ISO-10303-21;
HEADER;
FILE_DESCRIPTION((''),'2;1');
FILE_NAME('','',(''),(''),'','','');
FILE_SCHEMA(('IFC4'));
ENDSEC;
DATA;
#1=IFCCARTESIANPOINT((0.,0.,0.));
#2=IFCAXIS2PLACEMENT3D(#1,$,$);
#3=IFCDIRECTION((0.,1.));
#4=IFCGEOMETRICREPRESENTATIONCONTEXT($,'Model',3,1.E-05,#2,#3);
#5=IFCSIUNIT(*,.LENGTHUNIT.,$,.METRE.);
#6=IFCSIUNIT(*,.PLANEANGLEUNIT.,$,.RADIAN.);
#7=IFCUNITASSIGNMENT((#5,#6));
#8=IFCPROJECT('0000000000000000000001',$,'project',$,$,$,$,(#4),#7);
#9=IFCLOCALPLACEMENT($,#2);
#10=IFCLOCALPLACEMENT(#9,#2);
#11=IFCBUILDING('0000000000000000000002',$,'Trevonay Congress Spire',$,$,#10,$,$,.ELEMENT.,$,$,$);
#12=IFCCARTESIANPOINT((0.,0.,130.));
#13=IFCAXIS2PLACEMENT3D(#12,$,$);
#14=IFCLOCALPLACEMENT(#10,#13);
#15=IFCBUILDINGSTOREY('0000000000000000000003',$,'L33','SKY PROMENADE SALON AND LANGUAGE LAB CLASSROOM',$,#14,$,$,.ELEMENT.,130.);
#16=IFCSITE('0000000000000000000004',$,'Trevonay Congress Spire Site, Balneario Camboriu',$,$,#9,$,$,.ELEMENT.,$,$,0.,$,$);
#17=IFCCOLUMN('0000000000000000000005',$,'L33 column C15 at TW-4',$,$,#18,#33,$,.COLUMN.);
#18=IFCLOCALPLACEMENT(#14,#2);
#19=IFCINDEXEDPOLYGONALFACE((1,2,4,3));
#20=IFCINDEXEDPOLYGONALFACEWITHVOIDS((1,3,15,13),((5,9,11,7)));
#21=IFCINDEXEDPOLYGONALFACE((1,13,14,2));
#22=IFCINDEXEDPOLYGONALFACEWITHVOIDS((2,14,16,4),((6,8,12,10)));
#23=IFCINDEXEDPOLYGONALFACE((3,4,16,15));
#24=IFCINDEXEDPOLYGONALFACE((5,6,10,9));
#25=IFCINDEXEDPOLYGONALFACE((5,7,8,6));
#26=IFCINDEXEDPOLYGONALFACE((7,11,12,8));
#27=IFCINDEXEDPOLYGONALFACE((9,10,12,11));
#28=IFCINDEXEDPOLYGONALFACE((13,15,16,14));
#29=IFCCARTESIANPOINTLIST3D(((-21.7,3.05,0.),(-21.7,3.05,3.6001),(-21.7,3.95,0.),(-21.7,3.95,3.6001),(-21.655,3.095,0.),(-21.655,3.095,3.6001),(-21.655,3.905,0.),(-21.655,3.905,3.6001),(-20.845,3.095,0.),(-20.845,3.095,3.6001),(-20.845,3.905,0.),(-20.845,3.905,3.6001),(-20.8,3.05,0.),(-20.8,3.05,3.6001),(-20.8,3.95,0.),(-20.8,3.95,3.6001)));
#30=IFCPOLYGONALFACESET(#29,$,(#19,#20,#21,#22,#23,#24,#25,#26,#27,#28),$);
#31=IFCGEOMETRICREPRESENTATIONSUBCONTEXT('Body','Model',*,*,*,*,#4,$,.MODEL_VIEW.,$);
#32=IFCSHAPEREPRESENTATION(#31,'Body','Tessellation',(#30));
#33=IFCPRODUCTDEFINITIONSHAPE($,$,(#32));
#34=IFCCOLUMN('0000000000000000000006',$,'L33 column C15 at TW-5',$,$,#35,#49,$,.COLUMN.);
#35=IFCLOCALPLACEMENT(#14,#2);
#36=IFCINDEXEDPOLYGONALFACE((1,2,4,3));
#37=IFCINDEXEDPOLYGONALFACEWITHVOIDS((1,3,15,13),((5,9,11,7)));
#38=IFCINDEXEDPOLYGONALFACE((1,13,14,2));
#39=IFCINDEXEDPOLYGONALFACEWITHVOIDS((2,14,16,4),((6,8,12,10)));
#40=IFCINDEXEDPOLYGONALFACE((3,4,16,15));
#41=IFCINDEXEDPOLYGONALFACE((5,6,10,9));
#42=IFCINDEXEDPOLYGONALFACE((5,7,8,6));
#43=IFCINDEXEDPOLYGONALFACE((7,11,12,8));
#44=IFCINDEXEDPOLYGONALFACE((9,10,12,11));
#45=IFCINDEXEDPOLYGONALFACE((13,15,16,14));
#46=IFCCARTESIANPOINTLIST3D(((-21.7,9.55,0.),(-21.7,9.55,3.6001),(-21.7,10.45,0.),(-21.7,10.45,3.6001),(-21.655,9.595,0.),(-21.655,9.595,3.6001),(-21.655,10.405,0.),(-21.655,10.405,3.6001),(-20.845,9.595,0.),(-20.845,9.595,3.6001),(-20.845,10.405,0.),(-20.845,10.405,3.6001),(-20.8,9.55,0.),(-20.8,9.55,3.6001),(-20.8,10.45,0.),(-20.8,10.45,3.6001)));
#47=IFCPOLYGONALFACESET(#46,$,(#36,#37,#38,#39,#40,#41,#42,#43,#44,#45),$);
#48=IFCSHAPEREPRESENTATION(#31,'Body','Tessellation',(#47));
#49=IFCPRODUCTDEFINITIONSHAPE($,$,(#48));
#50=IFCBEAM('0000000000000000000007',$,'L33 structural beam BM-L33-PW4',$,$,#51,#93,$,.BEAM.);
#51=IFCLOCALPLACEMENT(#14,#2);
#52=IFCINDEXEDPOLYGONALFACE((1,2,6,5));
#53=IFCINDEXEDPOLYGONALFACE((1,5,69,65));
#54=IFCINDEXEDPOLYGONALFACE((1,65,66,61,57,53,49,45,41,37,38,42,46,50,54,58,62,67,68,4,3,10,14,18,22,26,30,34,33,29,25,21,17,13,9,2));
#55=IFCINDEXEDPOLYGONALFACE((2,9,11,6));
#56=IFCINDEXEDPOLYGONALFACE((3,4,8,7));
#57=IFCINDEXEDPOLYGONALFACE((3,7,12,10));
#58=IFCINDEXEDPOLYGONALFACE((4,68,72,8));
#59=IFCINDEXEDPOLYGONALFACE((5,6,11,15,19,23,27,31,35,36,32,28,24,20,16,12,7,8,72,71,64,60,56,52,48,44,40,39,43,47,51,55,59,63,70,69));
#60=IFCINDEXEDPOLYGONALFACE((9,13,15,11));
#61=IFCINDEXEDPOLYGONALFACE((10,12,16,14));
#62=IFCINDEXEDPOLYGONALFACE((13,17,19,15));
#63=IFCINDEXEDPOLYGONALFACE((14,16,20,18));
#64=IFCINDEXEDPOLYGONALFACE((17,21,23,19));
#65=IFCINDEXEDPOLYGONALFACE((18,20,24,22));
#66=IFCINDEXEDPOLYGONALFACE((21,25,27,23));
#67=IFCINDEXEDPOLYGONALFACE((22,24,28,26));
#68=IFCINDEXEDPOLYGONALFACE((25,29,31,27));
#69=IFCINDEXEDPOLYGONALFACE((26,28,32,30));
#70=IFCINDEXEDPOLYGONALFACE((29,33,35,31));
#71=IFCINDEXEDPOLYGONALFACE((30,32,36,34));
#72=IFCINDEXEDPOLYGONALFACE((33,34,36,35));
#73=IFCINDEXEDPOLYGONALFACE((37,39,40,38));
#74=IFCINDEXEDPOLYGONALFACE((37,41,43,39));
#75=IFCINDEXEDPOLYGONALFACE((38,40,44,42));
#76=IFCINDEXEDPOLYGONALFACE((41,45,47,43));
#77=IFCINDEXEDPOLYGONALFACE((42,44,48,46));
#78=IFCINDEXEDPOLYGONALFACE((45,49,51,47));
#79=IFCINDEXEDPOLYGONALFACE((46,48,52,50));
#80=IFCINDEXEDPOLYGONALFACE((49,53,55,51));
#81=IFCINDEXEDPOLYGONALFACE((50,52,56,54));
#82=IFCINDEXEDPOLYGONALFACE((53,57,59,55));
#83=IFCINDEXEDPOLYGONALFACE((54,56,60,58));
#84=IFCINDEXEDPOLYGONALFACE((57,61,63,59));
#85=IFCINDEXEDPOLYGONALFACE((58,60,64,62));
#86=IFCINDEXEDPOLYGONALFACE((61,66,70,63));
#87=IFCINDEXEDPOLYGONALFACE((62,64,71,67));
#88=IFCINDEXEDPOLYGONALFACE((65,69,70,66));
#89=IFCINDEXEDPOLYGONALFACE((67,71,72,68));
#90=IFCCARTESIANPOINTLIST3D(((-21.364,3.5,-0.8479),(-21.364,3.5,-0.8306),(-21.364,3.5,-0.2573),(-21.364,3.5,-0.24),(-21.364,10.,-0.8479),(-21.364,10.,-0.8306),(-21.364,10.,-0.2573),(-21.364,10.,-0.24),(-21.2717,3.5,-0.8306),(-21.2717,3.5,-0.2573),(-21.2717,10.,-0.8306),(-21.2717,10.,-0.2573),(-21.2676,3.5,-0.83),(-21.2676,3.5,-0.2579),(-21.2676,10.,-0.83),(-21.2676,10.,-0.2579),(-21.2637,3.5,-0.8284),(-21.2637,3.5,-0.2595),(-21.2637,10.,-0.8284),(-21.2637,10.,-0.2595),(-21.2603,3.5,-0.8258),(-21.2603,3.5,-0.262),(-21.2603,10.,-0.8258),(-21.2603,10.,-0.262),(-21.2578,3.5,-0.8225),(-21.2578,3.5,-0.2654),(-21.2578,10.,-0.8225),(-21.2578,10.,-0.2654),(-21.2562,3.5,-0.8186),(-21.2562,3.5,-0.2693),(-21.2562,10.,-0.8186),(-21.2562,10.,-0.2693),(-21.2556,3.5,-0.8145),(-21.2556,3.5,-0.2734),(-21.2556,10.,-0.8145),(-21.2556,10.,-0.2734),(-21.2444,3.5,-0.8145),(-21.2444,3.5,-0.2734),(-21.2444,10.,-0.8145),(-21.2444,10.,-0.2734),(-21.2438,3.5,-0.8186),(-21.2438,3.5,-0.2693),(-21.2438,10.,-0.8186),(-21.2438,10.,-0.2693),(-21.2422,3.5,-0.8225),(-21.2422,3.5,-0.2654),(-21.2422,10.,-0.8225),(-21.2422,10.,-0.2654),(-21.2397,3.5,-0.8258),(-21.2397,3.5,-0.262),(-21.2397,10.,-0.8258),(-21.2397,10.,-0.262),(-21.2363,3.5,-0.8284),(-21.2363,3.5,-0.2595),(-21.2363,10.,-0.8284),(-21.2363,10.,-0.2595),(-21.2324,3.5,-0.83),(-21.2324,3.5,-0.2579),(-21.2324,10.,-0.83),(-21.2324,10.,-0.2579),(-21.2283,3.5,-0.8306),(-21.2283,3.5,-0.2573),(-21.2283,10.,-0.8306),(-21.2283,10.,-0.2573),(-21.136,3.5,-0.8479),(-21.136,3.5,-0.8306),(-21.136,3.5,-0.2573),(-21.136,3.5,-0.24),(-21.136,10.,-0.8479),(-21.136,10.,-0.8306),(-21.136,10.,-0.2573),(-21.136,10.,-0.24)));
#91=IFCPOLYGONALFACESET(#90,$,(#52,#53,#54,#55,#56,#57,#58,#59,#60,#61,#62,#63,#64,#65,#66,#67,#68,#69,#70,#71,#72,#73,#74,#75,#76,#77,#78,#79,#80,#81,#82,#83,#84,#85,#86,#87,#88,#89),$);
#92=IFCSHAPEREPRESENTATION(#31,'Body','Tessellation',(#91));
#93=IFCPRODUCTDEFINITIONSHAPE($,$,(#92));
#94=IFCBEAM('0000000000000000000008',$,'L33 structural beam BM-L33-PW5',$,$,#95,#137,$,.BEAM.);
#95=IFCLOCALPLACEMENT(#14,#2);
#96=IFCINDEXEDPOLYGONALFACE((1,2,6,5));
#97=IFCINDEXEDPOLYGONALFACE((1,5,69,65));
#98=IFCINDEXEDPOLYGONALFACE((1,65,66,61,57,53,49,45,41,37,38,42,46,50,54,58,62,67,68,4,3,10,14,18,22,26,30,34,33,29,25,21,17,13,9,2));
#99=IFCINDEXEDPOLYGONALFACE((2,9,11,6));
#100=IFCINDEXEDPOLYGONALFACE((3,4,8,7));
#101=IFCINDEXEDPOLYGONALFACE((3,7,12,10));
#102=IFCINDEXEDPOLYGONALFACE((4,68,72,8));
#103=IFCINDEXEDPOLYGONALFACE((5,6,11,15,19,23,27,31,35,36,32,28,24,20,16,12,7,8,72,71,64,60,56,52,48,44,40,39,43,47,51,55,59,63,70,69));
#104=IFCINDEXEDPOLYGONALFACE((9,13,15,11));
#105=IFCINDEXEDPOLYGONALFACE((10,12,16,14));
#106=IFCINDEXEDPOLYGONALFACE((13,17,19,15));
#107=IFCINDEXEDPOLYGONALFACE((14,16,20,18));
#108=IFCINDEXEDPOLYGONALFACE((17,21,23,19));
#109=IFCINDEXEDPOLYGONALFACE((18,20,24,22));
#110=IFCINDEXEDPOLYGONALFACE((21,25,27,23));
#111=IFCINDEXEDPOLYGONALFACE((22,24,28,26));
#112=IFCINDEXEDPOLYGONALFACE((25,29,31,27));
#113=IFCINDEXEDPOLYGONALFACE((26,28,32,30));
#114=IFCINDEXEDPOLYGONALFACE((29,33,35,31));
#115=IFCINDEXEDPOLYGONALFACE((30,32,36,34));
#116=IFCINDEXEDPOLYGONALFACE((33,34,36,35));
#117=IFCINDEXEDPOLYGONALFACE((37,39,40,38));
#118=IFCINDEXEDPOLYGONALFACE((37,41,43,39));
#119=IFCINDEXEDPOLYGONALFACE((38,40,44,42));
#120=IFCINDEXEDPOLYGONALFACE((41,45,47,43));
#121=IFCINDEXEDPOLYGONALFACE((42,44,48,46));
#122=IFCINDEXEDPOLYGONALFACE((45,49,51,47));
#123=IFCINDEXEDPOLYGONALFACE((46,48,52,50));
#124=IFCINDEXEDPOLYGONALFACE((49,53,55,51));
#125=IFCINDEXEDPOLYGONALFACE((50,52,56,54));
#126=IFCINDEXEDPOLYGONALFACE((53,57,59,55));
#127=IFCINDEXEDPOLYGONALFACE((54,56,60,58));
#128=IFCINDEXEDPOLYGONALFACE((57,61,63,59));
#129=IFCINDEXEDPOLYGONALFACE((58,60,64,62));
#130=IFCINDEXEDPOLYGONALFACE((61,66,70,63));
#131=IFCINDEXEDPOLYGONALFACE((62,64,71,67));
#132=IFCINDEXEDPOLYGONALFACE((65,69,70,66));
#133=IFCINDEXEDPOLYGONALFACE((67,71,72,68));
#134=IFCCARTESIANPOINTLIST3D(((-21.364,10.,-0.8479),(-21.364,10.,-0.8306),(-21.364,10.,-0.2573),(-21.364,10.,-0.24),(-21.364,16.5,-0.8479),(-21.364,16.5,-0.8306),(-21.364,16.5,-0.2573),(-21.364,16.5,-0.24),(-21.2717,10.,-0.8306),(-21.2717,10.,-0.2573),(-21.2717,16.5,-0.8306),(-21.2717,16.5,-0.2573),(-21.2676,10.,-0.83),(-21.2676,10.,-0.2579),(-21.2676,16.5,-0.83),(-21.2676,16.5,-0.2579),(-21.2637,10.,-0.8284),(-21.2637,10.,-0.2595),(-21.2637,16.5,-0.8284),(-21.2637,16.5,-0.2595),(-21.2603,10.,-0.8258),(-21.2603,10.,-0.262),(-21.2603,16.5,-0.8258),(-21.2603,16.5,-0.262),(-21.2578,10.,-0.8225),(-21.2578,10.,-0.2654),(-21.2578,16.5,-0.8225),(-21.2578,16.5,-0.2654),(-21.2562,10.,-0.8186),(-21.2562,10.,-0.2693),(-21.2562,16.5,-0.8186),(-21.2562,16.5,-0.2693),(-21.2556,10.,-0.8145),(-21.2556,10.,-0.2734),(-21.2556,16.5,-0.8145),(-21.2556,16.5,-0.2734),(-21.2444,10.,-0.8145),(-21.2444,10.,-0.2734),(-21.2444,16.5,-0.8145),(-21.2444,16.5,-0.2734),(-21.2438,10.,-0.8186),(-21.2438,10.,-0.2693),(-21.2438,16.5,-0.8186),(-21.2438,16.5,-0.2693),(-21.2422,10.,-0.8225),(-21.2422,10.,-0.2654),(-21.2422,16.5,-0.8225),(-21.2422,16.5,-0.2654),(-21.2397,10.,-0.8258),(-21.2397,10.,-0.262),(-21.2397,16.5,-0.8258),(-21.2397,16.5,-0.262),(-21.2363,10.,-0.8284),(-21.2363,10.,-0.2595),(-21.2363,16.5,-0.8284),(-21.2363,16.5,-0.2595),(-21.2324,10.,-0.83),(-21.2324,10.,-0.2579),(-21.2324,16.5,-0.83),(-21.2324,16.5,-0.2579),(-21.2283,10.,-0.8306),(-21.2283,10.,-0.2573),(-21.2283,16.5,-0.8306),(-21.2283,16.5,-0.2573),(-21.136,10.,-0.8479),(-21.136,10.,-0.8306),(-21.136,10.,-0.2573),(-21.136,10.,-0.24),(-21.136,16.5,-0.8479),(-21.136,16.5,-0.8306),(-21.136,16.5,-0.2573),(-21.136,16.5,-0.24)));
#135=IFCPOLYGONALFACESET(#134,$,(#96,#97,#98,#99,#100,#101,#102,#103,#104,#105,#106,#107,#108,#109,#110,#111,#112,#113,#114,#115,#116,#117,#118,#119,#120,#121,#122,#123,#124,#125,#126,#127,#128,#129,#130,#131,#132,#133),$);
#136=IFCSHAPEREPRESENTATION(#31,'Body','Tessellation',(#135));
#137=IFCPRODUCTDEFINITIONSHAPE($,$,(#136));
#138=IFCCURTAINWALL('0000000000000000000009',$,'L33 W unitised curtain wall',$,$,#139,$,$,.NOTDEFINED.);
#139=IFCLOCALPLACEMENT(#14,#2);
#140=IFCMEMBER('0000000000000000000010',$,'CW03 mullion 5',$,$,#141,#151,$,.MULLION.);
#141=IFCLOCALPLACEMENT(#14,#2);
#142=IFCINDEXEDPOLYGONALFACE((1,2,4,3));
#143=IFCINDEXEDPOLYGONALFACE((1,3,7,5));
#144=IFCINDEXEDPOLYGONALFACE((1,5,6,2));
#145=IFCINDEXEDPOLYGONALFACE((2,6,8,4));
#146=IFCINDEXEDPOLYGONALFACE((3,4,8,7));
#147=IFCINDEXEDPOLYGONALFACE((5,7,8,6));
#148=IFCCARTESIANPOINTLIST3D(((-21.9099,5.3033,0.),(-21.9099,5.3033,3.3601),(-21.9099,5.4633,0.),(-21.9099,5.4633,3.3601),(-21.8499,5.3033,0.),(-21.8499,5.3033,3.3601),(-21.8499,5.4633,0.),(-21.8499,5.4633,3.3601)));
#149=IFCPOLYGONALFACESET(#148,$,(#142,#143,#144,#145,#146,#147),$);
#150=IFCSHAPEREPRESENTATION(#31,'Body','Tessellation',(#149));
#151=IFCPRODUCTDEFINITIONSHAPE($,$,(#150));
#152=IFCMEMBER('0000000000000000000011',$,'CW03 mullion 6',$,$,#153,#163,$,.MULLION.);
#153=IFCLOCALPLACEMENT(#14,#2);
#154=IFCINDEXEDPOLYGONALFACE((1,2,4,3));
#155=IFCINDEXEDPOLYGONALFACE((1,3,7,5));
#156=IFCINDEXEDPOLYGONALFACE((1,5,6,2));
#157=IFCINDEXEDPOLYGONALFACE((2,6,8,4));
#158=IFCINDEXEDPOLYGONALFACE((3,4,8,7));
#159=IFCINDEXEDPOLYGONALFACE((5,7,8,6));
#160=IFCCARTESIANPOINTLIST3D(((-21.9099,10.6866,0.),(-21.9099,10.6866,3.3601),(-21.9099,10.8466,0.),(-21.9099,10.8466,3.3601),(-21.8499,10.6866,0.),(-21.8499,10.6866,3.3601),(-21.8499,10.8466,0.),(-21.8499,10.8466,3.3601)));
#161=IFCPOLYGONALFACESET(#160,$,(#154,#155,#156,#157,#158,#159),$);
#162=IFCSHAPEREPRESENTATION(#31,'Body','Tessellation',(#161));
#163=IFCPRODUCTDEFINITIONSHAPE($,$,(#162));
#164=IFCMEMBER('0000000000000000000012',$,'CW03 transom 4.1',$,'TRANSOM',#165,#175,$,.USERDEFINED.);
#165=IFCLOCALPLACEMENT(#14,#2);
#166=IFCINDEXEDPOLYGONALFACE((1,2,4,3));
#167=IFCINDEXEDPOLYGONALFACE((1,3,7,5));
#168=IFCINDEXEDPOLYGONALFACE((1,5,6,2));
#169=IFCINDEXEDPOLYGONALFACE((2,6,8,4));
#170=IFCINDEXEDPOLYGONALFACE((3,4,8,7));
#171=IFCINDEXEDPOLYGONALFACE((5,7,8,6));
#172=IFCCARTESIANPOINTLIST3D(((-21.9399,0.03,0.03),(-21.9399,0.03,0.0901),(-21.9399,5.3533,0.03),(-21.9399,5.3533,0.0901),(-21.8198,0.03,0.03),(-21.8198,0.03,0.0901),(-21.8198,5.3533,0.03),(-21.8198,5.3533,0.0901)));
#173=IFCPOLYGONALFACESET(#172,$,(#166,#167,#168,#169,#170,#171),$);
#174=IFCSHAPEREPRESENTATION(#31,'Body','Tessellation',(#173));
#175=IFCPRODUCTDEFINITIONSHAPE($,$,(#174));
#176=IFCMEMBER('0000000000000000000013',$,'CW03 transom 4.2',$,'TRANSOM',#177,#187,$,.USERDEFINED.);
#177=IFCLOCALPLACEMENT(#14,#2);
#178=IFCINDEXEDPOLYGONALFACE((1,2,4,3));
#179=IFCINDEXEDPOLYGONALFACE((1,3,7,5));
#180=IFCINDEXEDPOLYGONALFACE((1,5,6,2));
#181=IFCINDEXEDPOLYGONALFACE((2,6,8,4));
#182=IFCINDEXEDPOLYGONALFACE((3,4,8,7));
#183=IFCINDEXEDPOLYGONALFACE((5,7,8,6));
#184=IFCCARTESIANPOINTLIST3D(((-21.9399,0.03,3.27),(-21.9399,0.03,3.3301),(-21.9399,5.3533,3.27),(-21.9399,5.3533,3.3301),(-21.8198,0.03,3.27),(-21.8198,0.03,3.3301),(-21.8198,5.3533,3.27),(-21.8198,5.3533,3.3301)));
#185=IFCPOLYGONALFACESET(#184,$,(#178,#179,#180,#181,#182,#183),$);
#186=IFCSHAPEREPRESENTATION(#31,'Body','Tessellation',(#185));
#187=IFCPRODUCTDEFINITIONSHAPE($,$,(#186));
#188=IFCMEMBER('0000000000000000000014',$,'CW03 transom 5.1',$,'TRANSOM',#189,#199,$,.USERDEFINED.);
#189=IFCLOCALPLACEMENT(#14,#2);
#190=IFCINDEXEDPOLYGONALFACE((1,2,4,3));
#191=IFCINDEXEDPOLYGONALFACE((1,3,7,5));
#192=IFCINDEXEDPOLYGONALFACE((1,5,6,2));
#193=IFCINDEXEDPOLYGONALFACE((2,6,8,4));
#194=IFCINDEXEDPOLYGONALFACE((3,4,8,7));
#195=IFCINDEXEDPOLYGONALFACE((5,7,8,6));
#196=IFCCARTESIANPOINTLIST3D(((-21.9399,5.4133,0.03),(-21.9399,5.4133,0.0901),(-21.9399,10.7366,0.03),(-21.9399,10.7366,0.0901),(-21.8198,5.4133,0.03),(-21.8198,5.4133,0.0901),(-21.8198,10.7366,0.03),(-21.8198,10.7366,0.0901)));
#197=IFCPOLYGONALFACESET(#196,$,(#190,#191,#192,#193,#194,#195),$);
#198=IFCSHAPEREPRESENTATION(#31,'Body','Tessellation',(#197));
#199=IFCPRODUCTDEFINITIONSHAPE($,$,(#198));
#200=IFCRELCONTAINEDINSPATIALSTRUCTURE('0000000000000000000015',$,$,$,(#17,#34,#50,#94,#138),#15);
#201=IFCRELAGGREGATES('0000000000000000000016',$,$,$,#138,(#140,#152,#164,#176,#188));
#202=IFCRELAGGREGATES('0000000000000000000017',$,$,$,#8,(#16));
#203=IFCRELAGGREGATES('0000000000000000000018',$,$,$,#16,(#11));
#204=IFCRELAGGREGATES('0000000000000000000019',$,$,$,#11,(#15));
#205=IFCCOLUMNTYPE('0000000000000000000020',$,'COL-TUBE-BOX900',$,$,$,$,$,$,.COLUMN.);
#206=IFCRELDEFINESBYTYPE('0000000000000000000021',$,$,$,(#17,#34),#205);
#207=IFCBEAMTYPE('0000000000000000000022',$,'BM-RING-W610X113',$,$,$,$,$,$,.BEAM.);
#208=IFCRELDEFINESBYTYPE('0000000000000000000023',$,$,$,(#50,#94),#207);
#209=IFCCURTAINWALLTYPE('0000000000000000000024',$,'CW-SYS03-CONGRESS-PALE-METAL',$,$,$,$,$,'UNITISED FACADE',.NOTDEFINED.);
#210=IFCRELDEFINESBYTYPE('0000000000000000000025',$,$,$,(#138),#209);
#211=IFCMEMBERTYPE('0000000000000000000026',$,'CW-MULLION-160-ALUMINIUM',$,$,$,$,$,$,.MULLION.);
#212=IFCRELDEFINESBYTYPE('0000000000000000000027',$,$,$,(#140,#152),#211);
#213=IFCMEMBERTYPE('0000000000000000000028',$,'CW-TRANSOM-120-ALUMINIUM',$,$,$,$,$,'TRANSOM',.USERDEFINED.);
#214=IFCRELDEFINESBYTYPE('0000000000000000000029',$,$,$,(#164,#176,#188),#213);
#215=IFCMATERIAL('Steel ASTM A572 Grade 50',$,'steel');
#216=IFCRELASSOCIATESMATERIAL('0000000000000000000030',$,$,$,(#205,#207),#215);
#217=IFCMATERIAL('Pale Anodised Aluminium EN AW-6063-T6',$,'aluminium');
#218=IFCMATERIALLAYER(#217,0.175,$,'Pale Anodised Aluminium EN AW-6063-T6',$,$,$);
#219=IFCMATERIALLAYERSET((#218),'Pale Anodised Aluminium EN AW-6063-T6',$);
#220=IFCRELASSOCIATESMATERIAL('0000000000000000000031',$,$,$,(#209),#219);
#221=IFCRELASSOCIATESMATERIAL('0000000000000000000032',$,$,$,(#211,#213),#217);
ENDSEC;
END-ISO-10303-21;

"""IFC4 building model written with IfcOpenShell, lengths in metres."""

from ifc_helpers import new_model, si_unit, direction, frame, origin, origin_2d, place, context, subcontext, project, spatial, rectangle, hollow_rectangle, i_section, extrude, material, layer, layer_set, material_profile, profile_set, type_object, element, aggregate, save


model = new_model("IFC4")

# Units and contexts
model_context = context("Model", 3, precision=1e-05, world=origin(), true_north=direction((0.0, 1.0)))
body_context = subcontext(model_context, "Body", "Model", "MODEL_VIEW")
ifc_project = project(units=[si_unit("LENGTHUNIT", "METRE"), si_unit("PLANEANGLEUNIT", "RADIAN")], contexts=[model_context])

# Site, building, storey
site_placement = place(None, origin())
site = spatial("IfcSite", under=ifc_project, at=site_placement, Name="Trevonay Congress Spire Site, Balneario Camboriu", CompositionType="ELEMENT", RefElevation=0.0)
building_placement = place(site_placement, origin())
building = spatial("IfcBuilding", under=site, at=building_placement, Name="Trevonay Congress Spire", CompositionType="ELEMENT")
storey_placement = place(building_placement, frame((0.0, 0.0, 130.0)))
storey = spatial("IfcBuildingStorey", under=building, at=storey_placement, Name="L33", Description="SKY PROMENADE SALON AND LANGUAGE LAB CLASSROOM", CompositionType="ELEMENT", Elevation=130.0)

# Columns
ifc_material_1 = material(Name="Steel ASTM A572 Grade 50", Category="steel")
ifc_material_profile_1 = material_profile(ifc_material_1, hollow_rectangle(XDim=0.8999, YDim=0.8999, WallThickness=0.0449, at=origin_2d()), Name="BOX 900x900x45")
ifc_profile_set_1 = profile_set([ifc_material_profile_1], Name="Steel ASTM A572 Grade 50")
column_type = type_object("IfcColumnType", Name="COL-TUBE-BOX900", PredefinedType="COLUMN", material=ifc_profile_set_1)
for number, where, z_axis, x_axis, name in (
    (1, (-21.25, 3.5, 0.0), (0.0, 0.0, 1.0), (1.0, 0.0, 0.0), "L33 column C15 at TW-4"),
    (2, (-21.25, 10.0, 0.0), (0.0, 0.0, 1.0), (1.0, 0.0, 0.0), "L33 column C15 at TW-5"),
):
    element("IfcColumn", number, at=place(storey_placement, frame(where, z_axis=z_axis, x_axis=x_axis)), inside=storey, type_object=column_type, Name=name, PredefinedType="COLUMN", context=body_context, shape_type="SweptSolid", body=[
        extrude(hollow_rectangle(XDim=0.8999, YDim=0.8999, WallThickness=0.0449, at=origin_2d()), origin(), (0.0, 0.0, 1.0), 3.6001),
    ])

# Beams
ifc_material_profile_2 = material_profile(ifc_material_1, i_section(OverallWidth=0.228, OverallDepth=0.6079, WebThickness=0.0112, FlangeThickness=0.0173, FilletRadius=0.0161, at=origin_2d()), Name="W610x113")
ifc_profile_set_2 = profile_set([ifc_material_profile_2], Name="Steel ASTM A572 Grade 50")
beam_type = type_object("IfcBeamType", Name="BM-RING-W610X113", PredefinedType="BEAM", material=ifc_profile_set_2)
for number, where, z_axis, x_axis, name in (
    (3, (-21.25, 3.5, -0.5439), (0.0, 1.0, 0.0), (-1.0, 0.0, 0.0), "L33 structural beam BM-L33-PW4"),
    (4, (-21.25, 10.0, -0.5439), (0.0, 1.0, 0.0), (-1.0, 0.0, 0.0), "L33 structural beam BM-L33-PW5"),
):
    element("IfcBeam", number, at=place(storey_placement, frame(where, z_axis=z_axis, x_axis=x_axis)), inside=storey, type_object=beam_type, Name=name, PredefinedType="BEAM", context=body_context, shape_type="SweptSolid", body=[
        extrude(i_section(OverallWidth=0.228, OverallDepth=0.6079, WebThickness=0.0112, FlangeThickness=0.0173, FilletRadius=0.0161, at=origin_2d()), origin(), (0.0, 0.0, 1.0), 6.5),
    ])

# Curtain wall, members
ifc_material_2 = material(Name="Pale Anodised Aluminium EN AW-6063-T6", Category="aluminium")
ifc_layer_1 = layer(ifc_material_2, 0.175, Name="Pale Anodised Aluminium EN AW-6063-T6")
ifc_layer_set_1 = layer_set([ifc_layer_1], Name="Pale Anodised Aluminium EN AW-6063-T6")
curtain_wall_type = type_object("IfcCurtainWallType", Name="CW-SYS03-CONGRESS-PALE-METAL", ElementType="UNITISED FACADE", PredefinedType="NOTDEFINED", material=ifc_layer_set_1)
curtain_wall_placement = place(storey_placement, origin())
curtain_wall = element("IfcCurtainWall", 5, at=curtain_wall_placement, inside=storey, type_object=curtain_wall_type, Name="L33 W unitised curtain wall", PredefinedType="NOTDEFINED")
ifc_material_profile_3 = material_profile(ifc_material_2, rectangle(XDim=0.0601, YDim=0.1599, at=origin_2d()), Name="CW-MULLION-160-ALUMINIUM")
ifc_profile_set_3 = profile_set([ifc_material_profile_3], Name="Pale Anodised Aluminium EN AW-6063-T6")
member_type_1 = type_object("IfcMemberType", Name="CW-MULLION-160-ALUMINIUM", PredefinedType="MULLION", material=ifc_profile_set_3)
member_1_placement = place(storey_placement, frame((-21.8799, 5.3833, 0.0), z_axis=(0.0, 0.0, 1.0), x_axis=(-1.0, 0.0, 0.0)))
member_1 = element("IfcMember", 6, at=member_1_placement, type_object=member_type_1, Name="CW03 mullion 5", PredefinedType="MULLION", context=body_context, shape_type="SweptSolid", body=[
    extrude(rectangle(XDim=0.0601, YDim=0.1599, at=origin_2d()), origin(), (0.0, 0.0, 1.0), 3.3601),
])
member_2_placement = place(storey_placement, frame((-21.8799, 10.7666, 0.0), z_axis=(0.0, 0.0, 1.0), x_axis=(-1.0, 0.0, 0.0)))
member_2 = element("IfcMember", 7, at=member_2_placement, type_object=member_type_1, Name="CW03 mullion 6", PredefinedType="MULLION", context=body_context, shape_type="SweptSolid", body=[
    extrude(rectangle(XDim=0.0601, YDim=0.1599, at=origin_2d()), origin(), (0.0, 0.0, 1.0), 3.3601),
])
ifc_material_profile_4 = material_profile(ifc_material_2, rectangle(XDim=0.1201, YDim=0.0601, at=origin_2d()), Name="CW-TRANSOM-120-ALUMINIUM")
ifc_profile_set_4 = profile_set([ifc_material_profile_4], Name="Pale Anodised Aluminium EN AW-6063-T6")
member_type_2 = type_object("IfcMemberType", Name="CW-TRANSOM-120-ALUMINIUM", ElementType="TRANSOM", PredefinedType="USERDEFINED", material=ifc_profile_set_4)
member_3_placement = place(storey_placement, frame((-21.8799, 0.03, 0.0601), z_axis=(0.0, 1.0, 0.0), x_axis=(-1.0, 0.0, 0.0)))
member_3 = element("IfcMember", 8, at=member_3_placement, type_object=member_type_2, Name="CW03 transom 4.1", ObjectType="TRANSOM", PredefinedType="USERDEFINED", context=body_context, shape_type="SweptSolid", body=[
    extrude(rectangle(XDim=0.1201, YDim=0.0601, at=origin_2d()), origin(), (0.0, 0.0, 1.0), 5.3232),
])
member_4_placement = place(storey_placement, frame((-21.8799, 0.03, 3.3), z_axis=(0.0, 1.0, 0.0), x_axis=(-1.0, 0.0, 0.0)))
member_4 = element("IfcMember", 9, at=member_4_placement, type_object=member_type_2, Name="CW03 transom 4.2", ObjectType="TRANSOM", PredefinedType="USERDEFINED", context=body_context, shape_type="SweptSolid", body=[
    extrude(rectangle(XDim=0.1201, YDim=0.0601, at=origin_2d()), origin(), (0.0, 0.0, 1.0), 5.3232),
])
member_5_placement = place(storey_placement, frame((-21.8799, 5.4133, 0.0601), z_axis=(0.0, 1.0, 0.0), x_axis=(-1.0, 0.0, 0.0)))
member_5 = element("IfcMember", 10, at=member_5_placement, type_object=member_type_2, Name="CW03 transom 5.1", ObjectType="TRANSOM", PredefinedType="USERDEFINED", context=body_context, shape_type="SweptSolid", body=[
    extrude(rectangle(XDim=0.1201, YDim=0.0601, at=origin_2d()), origin(), (0.0, 0.0, 1.0), 5.3232),
])
aggregate(curtain_wall, [member_1, member_2, member_3, member_4, member_5])

save(model, "model.ifc")
